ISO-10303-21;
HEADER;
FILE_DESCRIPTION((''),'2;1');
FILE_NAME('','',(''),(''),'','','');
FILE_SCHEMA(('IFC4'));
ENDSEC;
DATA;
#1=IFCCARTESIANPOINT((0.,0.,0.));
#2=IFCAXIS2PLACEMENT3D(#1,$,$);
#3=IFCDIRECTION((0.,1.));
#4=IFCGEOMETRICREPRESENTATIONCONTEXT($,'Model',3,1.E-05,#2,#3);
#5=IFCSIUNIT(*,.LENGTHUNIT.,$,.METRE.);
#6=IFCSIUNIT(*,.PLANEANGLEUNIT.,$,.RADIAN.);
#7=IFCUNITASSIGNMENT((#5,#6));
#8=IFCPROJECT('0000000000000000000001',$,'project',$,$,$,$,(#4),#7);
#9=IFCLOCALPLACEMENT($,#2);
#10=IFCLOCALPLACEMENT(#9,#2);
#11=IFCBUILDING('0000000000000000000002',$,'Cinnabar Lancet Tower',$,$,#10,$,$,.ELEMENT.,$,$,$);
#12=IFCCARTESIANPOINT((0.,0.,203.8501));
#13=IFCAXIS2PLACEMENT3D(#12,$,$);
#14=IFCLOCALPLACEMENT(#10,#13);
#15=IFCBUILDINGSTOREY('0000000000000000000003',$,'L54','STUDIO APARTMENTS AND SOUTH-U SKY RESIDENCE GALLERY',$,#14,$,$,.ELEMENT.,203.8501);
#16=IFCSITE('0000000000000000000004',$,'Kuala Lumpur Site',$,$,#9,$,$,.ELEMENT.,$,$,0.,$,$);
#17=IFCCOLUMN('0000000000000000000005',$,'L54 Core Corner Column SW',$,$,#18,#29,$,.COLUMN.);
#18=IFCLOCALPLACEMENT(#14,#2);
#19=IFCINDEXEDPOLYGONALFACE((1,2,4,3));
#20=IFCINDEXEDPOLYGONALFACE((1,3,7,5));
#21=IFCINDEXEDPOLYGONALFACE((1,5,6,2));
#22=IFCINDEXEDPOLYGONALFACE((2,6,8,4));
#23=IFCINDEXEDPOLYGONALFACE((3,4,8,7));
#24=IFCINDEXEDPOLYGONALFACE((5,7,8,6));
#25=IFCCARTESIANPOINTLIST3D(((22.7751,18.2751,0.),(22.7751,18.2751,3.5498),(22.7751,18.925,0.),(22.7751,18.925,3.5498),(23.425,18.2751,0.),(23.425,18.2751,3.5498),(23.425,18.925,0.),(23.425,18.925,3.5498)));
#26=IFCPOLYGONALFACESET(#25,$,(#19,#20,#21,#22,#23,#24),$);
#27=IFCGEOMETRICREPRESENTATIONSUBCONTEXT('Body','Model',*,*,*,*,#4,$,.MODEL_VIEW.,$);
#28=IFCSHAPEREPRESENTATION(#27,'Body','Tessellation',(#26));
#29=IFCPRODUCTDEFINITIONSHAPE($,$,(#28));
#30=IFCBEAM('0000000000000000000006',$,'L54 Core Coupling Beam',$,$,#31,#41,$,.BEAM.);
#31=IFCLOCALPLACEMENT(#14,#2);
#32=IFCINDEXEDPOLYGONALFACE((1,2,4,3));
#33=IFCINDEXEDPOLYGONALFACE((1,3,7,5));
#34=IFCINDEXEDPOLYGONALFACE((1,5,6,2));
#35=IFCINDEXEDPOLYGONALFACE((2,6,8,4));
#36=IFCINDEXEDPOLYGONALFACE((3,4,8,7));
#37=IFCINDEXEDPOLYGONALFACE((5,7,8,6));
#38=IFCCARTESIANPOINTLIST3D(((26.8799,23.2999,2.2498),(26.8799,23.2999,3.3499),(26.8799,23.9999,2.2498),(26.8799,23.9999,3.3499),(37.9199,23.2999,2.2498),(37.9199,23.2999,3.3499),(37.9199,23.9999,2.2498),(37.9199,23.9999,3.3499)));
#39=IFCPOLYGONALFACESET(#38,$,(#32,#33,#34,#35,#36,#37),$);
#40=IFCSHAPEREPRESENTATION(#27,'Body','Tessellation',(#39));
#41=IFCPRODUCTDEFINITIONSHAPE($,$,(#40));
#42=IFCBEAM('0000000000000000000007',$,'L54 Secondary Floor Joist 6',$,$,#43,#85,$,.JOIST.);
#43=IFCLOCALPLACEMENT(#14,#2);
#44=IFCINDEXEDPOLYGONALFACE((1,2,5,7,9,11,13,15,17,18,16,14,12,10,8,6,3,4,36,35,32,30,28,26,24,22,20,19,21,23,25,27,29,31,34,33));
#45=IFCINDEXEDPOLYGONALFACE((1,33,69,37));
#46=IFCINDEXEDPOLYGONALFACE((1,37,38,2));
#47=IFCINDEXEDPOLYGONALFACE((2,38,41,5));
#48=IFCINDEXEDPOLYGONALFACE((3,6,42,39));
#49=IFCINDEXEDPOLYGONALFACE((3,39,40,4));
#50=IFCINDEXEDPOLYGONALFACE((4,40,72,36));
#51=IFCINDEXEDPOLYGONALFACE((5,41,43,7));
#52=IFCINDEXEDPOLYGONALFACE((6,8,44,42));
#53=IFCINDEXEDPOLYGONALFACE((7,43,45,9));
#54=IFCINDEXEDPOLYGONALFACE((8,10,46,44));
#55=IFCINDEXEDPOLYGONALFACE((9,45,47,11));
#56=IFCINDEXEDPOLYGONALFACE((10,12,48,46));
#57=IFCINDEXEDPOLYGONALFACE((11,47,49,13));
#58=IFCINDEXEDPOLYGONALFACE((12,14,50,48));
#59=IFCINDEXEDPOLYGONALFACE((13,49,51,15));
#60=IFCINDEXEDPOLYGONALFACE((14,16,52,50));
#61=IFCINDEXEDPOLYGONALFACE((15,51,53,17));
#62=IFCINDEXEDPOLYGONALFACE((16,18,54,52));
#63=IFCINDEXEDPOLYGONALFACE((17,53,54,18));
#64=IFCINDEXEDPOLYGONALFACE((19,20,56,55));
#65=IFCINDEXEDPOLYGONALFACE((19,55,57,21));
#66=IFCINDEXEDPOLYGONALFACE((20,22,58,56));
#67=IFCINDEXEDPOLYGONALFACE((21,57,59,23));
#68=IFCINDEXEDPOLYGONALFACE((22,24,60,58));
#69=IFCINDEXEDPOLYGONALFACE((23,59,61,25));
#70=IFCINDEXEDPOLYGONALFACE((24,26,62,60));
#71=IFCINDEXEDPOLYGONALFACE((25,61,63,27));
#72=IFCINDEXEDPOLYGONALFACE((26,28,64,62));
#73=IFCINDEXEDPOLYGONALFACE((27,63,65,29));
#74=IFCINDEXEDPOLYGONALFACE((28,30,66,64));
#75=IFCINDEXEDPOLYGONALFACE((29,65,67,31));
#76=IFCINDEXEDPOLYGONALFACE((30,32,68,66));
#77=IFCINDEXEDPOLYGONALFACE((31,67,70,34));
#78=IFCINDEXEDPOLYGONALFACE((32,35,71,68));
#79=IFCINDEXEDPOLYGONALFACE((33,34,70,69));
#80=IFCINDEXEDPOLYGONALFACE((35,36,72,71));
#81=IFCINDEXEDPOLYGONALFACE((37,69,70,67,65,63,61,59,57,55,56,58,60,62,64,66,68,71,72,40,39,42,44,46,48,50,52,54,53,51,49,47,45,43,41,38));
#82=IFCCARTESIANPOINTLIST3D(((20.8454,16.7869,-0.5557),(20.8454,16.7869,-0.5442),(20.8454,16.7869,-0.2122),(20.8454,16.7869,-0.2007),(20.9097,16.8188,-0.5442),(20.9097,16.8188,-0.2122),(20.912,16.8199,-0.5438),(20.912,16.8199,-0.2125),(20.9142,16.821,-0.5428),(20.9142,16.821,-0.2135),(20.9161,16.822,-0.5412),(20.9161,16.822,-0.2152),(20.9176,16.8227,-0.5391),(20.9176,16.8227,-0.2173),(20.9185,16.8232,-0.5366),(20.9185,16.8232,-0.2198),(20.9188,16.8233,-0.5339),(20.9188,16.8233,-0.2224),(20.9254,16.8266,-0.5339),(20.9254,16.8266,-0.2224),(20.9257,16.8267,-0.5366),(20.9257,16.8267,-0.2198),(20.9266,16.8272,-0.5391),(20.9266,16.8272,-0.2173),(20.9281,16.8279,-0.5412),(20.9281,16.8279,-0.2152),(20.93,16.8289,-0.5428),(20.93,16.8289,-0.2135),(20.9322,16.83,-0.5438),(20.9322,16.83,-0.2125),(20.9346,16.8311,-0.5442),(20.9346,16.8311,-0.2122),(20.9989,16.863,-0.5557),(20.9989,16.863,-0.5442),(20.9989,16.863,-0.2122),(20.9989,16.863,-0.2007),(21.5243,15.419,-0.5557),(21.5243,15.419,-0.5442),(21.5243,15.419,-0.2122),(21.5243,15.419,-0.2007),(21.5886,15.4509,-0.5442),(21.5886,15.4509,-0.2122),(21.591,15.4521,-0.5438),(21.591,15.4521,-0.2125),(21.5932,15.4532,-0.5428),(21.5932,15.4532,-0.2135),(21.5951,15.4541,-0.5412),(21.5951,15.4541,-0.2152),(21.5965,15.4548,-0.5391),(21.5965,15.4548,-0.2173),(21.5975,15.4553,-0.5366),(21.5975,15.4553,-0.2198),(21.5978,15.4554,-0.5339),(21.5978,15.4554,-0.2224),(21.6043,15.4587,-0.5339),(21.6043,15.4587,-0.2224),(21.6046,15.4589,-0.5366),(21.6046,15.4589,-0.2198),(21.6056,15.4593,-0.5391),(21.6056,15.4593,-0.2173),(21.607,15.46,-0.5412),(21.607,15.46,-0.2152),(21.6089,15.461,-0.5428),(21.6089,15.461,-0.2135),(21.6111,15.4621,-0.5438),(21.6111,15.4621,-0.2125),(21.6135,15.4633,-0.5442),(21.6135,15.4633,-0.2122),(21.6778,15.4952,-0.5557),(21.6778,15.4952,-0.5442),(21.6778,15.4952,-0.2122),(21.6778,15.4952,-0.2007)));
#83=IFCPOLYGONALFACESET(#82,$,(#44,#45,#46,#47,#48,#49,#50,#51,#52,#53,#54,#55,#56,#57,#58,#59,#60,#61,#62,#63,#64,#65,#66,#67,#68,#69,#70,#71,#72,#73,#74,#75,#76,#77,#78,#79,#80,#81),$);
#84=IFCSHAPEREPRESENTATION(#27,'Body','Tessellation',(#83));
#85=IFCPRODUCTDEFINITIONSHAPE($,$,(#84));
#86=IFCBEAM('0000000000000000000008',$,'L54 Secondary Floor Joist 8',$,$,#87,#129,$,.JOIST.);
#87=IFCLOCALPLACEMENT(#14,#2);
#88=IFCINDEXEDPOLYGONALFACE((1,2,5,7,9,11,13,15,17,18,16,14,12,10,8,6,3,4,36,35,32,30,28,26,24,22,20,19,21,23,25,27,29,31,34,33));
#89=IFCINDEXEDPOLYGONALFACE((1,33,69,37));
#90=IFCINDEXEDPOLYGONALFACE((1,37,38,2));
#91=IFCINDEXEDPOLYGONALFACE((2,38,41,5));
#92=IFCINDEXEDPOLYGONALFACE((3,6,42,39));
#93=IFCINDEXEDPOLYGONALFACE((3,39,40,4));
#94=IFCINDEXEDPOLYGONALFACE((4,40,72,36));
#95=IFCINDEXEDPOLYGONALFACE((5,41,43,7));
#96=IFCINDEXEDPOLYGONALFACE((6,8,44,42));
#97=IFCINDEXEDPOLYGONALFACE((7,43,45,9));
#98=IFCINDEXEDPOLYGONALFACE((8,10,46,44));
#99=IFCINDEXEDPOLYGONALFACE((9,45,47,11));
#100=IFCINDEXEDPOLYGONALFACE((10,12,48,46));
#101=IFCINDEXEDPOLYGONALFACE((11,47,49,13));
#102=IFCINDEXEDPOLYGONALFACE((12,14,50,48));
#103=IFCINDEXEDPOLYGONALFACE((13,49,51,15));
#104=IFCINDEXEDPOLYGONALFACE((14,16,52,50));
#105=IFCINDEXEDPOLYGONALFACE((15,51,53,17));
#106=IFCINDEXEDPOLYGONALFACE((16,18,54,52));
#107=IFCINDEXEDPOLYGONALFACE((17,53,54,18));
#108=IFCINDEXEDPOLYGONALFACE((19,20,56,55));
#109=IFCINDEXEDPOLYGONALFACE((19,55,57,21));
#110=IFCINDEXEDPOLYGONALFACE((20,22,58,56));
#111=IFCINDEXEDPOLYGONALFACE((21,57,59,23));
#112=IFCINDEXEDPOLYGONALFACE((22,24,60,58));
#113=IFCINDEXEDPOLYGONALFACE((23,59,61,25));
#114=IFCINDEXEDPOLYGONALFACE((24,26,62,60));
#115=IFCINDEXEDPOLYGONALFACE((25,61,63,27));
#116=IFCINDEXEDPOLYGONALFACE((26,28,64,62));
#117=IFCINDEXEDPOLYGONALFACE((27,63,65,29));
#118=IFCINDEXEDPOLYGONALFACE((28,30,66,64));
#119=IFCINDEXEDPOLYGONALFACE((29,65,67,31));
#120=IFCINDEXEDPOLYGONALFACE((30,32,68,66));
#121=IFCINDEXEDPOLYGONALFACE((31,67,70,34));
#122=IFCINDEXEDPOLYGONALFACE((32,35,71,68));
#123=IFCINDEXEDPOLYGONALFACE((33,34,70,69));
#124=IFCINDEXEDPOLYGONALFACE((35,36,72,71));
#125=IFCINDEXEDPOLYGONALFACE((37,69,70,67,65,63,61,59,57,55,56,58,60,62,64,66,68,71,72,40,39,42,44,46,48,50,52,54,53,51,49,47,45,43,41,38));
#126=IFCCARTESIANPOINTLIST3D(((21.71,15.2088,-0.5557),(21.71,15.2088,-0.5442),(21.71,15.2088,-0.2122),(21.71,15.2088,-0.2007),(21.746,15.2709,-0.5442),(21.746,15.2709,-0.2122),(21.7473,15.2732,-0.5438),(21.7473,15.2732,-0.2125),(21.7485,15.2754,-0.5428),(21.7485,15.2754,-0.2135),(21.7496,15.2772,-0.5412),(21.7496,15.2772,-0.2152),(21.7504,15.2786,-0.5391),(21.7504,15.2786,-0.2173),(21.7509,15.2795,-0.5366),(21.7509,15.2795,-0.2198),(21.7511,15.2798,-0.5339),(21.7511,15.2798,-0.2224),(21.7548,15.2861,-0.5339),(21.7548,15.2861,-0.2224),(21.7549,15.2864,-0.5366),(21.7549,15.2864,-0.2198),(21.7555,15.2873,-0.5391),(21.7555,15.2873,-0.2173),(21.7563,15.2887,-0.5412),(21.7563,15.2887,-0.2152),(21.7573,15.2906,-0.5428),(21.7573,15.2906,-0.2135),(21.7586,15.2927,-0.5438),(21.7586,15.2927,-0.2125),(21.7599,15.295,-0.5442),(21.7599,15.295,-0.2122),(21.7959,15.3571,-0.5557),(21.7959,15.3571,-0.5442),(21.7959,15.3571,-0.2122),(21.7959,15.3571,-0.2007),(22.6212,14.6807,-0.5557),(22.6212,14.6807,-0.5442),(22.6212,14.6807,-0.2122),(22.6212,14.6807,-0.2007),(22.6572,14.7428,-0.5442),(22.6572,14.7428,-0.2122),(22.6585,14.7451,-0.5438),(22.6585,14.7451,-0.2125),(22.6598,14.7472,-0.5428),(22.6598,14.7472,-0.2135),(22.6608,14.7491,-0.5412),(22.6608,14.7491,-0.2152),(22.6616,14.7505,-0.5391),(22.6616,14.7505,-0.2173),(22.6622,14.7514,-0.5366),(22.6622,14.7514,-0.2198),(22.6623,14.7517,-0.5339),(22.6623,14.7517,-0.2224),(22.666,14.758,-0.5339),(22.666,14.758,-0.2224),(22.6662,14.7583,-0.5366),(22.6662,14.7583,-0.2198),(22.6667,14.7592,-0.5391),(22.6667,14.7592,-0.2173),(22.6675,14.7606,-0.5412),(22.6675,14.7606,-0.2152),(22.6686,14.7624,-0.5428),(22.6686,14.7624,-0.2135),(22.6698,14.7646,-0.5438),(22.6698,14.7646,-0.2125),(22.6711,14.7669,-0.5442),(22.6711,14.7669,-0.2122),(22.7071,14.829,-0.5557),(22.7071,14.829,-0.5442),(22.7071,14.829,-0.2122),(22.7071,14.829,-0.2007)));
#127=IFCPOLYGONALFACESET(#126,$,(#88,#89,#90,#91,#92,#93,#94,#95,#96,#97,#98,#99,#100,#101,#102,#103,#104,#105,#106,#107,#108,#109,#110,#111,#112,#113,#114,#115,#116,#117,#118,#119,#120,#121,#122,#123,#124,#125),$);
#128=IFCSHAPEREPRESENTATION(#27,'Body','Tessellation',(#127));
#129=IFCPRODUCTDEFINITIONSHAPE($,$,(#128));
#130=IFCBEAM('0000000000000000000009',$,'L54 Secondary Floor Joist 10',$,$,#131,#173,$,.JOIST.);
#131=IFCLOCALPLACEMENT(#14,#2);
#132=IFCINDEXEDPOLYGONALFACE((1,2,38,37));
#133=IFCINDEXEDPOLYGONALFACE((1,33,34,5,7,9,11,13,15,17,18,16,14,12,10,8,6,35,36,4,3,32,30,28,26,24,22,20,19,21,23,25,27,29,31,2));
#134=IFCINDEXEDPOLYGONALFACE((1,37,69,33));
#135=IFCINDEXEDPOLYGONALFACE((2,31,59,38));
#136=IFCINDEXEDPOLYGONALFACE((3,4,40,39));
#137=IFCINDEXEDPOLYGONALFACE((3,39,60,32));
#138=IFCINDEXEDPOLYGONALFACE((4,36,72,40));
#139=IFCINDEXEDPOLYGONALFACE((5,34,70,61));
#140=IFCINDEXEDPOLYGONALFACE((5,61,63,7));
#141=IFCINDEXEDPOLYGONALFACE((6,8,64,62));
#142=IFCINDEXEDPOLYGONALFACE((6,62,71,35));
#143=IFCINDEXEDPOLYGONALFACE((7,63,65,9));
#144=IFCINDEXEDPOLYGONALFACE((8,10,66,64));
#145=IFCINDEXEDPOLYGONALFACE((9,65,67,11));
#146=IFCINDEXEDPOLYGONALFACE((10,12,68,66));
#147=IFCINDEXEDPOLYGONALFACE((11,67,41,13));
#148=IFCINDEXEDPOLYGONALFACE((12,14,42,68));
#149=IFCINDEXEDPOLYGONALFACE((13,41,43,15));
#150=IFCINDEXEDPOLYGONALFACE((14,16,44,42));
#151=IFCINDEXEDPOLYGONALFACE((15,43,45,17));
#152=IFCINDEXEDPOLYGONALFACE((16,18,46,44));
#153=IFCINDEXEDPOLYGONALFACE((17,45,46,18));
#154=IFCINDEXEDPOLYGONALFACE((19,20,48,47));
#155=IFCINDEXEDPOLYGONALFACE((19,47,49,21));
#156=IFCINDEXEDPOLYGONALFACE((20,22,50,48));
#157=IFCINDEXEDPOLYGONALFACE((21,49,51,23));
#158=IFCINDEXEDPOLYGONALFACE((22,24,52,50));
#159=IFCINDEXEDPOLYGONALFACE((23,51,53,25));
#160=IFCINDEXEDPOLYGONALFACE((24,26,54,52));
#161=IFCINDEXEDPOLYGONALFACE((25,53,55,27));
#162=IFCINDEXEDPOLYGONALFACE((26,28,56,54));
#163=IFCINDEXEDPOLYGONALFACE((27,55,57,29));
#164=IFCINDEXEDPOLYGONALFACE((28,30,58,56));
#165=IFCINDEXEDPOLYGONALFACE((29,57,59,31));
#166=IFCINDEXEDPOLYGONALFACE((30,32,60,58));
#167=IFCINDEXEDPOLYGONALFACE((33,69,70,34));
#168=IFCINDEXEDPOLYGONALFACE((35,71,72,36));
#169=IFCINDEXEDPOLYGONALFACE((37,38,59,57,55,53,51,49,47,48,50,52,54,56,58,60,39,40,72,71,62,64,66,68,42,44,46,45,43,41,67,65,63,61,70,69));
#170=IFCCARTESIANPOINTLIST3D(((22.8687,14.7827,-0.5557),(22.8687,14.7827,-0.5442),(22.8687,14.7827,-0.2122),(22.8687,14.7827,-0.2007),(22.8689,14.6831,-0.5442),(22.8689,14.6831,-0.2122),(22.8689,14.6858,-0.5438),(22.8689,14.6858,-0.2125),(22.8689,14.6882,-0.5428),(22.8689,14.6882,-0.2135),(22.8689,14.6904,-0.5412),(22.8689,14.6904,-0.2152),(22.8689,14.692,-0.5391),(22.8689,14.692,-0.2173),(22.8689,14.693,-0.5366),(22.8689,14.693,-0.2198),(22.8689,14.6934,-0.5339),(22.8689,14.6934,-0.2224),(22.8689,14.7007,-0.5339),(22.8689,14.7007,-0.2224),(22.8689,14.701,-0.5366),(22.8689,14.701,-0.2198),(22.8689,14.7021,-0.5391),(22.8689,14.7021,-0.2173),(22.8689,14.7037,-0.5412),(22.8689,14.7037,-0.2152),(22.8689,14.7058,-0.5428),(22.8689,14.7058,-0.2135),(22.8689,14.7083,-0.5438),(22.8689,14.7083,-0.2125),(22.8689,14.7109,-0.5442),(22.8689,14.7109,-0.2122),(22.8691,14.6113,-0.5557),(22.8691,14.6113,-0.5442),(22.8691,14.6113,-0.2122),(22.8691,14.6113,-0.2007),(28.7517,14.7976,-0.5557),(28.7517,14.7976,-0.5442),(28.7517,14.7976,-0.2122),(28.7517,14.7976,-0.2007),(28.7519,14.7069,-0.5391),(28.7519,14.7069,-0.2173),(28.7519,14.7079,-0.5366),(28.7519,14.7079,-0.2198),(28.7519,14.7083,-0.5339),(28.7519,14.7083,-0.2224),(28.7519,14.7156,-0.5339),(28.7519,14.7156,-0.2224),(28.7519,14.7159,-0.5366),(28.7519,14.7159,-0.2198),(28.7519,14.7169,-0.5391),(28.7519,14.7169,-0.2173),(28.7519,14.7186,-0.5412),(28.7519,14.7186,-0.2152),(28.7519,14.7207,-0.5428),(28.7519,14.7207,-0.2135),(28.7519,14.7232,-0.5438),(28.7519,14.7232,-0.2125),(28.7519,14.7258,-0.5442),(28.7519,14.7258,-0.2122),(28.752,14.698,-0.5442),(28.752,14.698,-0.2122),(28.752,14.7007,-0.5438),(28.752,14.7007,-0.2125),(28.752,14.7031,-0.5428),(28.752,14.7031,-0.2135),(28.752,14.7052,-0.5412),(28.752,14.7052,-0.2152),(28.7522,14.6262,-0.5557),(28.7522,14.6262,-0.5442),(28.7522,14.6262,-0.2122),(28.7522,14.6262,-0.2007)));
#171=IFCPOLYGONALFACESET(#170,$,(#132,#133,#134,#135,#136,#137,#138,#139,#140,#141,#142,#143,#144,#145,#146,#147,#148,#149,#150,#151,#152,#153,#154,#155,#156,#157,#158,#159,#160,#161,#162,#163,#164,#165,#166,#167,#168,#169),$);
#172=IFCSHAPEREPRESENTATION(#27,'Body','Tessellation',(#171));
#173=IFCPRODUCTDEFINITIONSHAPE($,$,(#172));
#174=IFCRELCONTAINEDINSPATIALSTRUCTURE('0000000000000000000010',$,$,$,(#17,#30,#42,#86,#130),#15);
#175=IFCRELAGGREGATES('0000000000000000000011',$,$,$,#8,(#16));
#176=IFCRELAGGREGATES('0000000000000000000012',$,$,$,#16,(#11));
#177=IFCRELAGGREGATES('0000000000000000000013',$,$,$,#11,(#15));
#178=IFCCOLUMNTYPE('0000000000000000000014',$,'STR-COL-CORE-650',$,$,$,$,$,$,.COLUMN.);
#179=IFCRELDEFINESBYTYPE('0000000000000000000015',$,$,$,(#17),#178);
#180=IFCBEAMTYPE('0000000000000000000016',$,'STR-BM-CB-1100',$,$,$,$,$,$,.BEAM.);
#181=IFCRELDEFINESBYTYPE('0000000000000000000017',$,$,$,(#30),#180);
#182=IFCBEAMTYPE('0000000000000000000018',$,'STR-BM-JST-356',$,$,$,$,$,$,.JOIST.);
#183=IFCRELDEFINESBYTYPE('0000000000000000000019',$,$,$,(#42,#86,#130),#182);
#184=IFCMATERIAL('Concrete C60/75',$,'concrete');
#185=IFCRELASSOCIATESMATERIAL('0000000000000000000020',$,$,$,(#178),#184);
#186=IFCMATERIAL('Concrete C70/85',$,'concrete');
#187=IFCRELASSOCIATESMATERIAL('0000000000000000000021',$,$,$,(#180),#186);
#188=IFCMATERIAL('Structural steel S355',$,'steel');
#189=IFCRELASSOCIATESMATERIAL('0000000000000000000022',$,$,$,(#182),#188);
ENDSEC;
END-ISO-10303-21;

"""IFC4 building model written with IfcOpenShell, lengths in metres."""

from ifc_helpers import new_model, si_unit, direction, frame, origin, origin_2d, place, context, subcontext, project, spatial, rectangle, i_section, extrude, material, material_profile, profile_set, type_object, element, save


model = new_model("IFC4")

# Units and contexts
model_context = context("Model", 3, precision=1e-05, world=origin(), true_north=direction((0.0, 1.0)))
body_context = subcontext(model_context, "Body", "Model", "MODEL_VIEW")
ifc_project = project(units=[si_unit("LENGTHUNIT", "METRE"), si_unit("PLANEANGLEUNIT", "RADIAN")], contexts=[model_context])

# Site, building, storey
site_placement = place(None, origin())
site = spatial("IfcSite", under=ifc_project, at=site_placement, Name="Kuala Lumpur Site", CompositionType="ELEMENT", RefElevation=0.0)
building_placement = place(site_placement, origin())
building = spatial("IfcBuilding", under=site, at=building_placement, Name="Cinnabar Lancet Tower", CompositionType="ELEMENT")
storey_placement = place(building_placement, frame((0.0, 0.0, 203.8501)))
storey = spatial("IfcBuildingStorey", under=building, at=storey_placement, Name="L54", Description="STUDIO APARTMENTS AND SOUTH-U SKY RESIDENCE GALLERY", CompositionType="ELEMENT", Elevation=203.8501)

# Column
ifc_material_1 = material(Name="Concrete C60/75", Category="concrete")
ifc_material_profile_1 = material_profile(ifc_material_1, rectangle(XDim=0.6499, YDim=0.6499, at=origin_2d()), Name="RC-COL 650x650")
ifc_profile_set_1 = profile_set([ifc_material_profile_1], Name="Concrete C60/75")
column_type = type_object("IfcColumnType", Name="STR-COL-CORE-650", PredefinedType="COLUMN", material=ifc_profile_set_1)
column_placement = place(storey_placement, frame((23.1001, 18.6001, 0.0), z_axis=(0.0, 0.0, 1.0), x_axis=(1.0, 0.0, 0.0)))
element("IfcColumn", 1, at=column_placement, inside=storey, type_object=column_type, Name="L54 Core Corner Column SW", PredefinedType="COLUMN", context=body_context, shape_type="SweptSolid", body=[
    extrude(rectangle(XDim=0.6499, YDim=0.6499, at=origin_2d()), origin(), (0.0, 0.0, 1.0), 3.5498),
])

# Beams
ifc_material_2 = material(Name="Concrete C70/85", Category="concrete")
ifc_material_profile_2 = material_profile(ifc_material_2, rectangle(XDim=0.7, YDim=1.1001, at=origin_2d()), Name="RC-CB 700x1100")
ifc_profile_set_2 = profile_set([ifc_material_profile_2], Name="Concrete C70/85")
beam_type_1 = type_object("IfcBeamType", Name="STR-BM-CB-1100", PredefinedType="BEAM", material=ifc_profile_set_2)
beam_1_placement = place(storey_placement, frame((26.8799, 23.6499, 2.7998), z_axis=(1.0, 0.0, 0.0), x_axis=(0.0, 1.0, 0.0)))
element("IfcBeam", 2, at=beam_1_placement, inside=storey, type_object=beam_type_1, Name="L54 Core Coupling Beam", PredefinedType="BEAM", context=body_context, shape_type="SweptSolid", body=[
    extrude(rectangle(XDim=0.7, YDim=1.1001, at=origin_2d()), origin(), (0.0, 0.0, 1.0), 11.04),
])
ifc_material_3 = material(Name="Structural steel S355", Category="steel")
ifc_material_profile_3 = material_profile(ifc_material_3, i_section(OverallWidth=0.1714, OverallDepth=0.355, WebThickness=0.0073, FlangeThickness=0.0115, FilletRadius=0.0103, at=origin_2d()), Name="UKB 356x171x51")
ifc_profile_set_3 = profile_set([ifc_material_profile_3], Name="Structural steel S355")
beam_type_2 = type_object("IfcBeamType", Name="STR-BM-JST-356", PredefinedType="JOIST", material=ifc_profile_set_3)
beam_2_placement = place(storey_placement, frame((20.9221, 16.825, -0.3782), z_axis=(0.44459, -0.895734, 0.0), x_axis=(0.895734, 0.44459, 0.0)))
element("IfcBeam", 3, at=beam_2_placement, inside=storey, type_object=beam_type_2, Name="L54 Secondary Floor Joist 6", PredefinedType="JOIST", context=body_context, shape_type="SweptSolid", body=[
    extrude(i_section(OverallWidth=0.1714, OverallDepth=0.355, WebThickness=0.0073, FlangeThickness=0.0115, FilletRadius=0.0103, at=origin_2d()), origin(), (0.0, 0.0, 1.0), 1.5271),
])
beam_3_placement = place(storey_placement, frame((21.7529, 15.283, -0.3782), z_axis=(0.865188, -0.501447, 0.0), x_axis=(0.501447, 0.865188, 0.0)))
element("IfcBeam", 4, at=beam_3_placement, inside=storey, type_object=beam_type_2, Name="L54 Secondary Floor Joist 8", PredefinedType="JOIST", context=body_context, shape_type="SweptSolid", body=[
    extrude(i_section(OverallWidth=0.1714, OverallDepth=0.355, WebThickness=0.0073, FlangeThickness=0.0115, FilletRadius=0.0103, at=origin_2d()), origin(), (0.0, 0.0, 1.0), 1.0532),
])
beam_4_placement = place(storey_placement, frame((22.8689, 14.697, -0.3782), z_axis=(0.999997, 0.002531, 0.0), x_axis=(-0.002531, 0.999997, 0.0)))
element("IfcBeam", 5, at=beam_4_placement, inside=storey, type_object=beam_type_2, Name="L54 Secondary Floor Joist 10", PredefinedType="JOIST", context=body_context, shape_type="SweptSolid", body=[
    extrude(i_section(OverallWidth=0.1714, OverallDepth=0.355, WebThickness=0.0073, FlangeThickness=0.0115, FilletRadius=0.0103, at=origin_2d()), origin(), (0.0, 0.0, 1.0), 5.8831),
])

save(model, "model.ifc")
